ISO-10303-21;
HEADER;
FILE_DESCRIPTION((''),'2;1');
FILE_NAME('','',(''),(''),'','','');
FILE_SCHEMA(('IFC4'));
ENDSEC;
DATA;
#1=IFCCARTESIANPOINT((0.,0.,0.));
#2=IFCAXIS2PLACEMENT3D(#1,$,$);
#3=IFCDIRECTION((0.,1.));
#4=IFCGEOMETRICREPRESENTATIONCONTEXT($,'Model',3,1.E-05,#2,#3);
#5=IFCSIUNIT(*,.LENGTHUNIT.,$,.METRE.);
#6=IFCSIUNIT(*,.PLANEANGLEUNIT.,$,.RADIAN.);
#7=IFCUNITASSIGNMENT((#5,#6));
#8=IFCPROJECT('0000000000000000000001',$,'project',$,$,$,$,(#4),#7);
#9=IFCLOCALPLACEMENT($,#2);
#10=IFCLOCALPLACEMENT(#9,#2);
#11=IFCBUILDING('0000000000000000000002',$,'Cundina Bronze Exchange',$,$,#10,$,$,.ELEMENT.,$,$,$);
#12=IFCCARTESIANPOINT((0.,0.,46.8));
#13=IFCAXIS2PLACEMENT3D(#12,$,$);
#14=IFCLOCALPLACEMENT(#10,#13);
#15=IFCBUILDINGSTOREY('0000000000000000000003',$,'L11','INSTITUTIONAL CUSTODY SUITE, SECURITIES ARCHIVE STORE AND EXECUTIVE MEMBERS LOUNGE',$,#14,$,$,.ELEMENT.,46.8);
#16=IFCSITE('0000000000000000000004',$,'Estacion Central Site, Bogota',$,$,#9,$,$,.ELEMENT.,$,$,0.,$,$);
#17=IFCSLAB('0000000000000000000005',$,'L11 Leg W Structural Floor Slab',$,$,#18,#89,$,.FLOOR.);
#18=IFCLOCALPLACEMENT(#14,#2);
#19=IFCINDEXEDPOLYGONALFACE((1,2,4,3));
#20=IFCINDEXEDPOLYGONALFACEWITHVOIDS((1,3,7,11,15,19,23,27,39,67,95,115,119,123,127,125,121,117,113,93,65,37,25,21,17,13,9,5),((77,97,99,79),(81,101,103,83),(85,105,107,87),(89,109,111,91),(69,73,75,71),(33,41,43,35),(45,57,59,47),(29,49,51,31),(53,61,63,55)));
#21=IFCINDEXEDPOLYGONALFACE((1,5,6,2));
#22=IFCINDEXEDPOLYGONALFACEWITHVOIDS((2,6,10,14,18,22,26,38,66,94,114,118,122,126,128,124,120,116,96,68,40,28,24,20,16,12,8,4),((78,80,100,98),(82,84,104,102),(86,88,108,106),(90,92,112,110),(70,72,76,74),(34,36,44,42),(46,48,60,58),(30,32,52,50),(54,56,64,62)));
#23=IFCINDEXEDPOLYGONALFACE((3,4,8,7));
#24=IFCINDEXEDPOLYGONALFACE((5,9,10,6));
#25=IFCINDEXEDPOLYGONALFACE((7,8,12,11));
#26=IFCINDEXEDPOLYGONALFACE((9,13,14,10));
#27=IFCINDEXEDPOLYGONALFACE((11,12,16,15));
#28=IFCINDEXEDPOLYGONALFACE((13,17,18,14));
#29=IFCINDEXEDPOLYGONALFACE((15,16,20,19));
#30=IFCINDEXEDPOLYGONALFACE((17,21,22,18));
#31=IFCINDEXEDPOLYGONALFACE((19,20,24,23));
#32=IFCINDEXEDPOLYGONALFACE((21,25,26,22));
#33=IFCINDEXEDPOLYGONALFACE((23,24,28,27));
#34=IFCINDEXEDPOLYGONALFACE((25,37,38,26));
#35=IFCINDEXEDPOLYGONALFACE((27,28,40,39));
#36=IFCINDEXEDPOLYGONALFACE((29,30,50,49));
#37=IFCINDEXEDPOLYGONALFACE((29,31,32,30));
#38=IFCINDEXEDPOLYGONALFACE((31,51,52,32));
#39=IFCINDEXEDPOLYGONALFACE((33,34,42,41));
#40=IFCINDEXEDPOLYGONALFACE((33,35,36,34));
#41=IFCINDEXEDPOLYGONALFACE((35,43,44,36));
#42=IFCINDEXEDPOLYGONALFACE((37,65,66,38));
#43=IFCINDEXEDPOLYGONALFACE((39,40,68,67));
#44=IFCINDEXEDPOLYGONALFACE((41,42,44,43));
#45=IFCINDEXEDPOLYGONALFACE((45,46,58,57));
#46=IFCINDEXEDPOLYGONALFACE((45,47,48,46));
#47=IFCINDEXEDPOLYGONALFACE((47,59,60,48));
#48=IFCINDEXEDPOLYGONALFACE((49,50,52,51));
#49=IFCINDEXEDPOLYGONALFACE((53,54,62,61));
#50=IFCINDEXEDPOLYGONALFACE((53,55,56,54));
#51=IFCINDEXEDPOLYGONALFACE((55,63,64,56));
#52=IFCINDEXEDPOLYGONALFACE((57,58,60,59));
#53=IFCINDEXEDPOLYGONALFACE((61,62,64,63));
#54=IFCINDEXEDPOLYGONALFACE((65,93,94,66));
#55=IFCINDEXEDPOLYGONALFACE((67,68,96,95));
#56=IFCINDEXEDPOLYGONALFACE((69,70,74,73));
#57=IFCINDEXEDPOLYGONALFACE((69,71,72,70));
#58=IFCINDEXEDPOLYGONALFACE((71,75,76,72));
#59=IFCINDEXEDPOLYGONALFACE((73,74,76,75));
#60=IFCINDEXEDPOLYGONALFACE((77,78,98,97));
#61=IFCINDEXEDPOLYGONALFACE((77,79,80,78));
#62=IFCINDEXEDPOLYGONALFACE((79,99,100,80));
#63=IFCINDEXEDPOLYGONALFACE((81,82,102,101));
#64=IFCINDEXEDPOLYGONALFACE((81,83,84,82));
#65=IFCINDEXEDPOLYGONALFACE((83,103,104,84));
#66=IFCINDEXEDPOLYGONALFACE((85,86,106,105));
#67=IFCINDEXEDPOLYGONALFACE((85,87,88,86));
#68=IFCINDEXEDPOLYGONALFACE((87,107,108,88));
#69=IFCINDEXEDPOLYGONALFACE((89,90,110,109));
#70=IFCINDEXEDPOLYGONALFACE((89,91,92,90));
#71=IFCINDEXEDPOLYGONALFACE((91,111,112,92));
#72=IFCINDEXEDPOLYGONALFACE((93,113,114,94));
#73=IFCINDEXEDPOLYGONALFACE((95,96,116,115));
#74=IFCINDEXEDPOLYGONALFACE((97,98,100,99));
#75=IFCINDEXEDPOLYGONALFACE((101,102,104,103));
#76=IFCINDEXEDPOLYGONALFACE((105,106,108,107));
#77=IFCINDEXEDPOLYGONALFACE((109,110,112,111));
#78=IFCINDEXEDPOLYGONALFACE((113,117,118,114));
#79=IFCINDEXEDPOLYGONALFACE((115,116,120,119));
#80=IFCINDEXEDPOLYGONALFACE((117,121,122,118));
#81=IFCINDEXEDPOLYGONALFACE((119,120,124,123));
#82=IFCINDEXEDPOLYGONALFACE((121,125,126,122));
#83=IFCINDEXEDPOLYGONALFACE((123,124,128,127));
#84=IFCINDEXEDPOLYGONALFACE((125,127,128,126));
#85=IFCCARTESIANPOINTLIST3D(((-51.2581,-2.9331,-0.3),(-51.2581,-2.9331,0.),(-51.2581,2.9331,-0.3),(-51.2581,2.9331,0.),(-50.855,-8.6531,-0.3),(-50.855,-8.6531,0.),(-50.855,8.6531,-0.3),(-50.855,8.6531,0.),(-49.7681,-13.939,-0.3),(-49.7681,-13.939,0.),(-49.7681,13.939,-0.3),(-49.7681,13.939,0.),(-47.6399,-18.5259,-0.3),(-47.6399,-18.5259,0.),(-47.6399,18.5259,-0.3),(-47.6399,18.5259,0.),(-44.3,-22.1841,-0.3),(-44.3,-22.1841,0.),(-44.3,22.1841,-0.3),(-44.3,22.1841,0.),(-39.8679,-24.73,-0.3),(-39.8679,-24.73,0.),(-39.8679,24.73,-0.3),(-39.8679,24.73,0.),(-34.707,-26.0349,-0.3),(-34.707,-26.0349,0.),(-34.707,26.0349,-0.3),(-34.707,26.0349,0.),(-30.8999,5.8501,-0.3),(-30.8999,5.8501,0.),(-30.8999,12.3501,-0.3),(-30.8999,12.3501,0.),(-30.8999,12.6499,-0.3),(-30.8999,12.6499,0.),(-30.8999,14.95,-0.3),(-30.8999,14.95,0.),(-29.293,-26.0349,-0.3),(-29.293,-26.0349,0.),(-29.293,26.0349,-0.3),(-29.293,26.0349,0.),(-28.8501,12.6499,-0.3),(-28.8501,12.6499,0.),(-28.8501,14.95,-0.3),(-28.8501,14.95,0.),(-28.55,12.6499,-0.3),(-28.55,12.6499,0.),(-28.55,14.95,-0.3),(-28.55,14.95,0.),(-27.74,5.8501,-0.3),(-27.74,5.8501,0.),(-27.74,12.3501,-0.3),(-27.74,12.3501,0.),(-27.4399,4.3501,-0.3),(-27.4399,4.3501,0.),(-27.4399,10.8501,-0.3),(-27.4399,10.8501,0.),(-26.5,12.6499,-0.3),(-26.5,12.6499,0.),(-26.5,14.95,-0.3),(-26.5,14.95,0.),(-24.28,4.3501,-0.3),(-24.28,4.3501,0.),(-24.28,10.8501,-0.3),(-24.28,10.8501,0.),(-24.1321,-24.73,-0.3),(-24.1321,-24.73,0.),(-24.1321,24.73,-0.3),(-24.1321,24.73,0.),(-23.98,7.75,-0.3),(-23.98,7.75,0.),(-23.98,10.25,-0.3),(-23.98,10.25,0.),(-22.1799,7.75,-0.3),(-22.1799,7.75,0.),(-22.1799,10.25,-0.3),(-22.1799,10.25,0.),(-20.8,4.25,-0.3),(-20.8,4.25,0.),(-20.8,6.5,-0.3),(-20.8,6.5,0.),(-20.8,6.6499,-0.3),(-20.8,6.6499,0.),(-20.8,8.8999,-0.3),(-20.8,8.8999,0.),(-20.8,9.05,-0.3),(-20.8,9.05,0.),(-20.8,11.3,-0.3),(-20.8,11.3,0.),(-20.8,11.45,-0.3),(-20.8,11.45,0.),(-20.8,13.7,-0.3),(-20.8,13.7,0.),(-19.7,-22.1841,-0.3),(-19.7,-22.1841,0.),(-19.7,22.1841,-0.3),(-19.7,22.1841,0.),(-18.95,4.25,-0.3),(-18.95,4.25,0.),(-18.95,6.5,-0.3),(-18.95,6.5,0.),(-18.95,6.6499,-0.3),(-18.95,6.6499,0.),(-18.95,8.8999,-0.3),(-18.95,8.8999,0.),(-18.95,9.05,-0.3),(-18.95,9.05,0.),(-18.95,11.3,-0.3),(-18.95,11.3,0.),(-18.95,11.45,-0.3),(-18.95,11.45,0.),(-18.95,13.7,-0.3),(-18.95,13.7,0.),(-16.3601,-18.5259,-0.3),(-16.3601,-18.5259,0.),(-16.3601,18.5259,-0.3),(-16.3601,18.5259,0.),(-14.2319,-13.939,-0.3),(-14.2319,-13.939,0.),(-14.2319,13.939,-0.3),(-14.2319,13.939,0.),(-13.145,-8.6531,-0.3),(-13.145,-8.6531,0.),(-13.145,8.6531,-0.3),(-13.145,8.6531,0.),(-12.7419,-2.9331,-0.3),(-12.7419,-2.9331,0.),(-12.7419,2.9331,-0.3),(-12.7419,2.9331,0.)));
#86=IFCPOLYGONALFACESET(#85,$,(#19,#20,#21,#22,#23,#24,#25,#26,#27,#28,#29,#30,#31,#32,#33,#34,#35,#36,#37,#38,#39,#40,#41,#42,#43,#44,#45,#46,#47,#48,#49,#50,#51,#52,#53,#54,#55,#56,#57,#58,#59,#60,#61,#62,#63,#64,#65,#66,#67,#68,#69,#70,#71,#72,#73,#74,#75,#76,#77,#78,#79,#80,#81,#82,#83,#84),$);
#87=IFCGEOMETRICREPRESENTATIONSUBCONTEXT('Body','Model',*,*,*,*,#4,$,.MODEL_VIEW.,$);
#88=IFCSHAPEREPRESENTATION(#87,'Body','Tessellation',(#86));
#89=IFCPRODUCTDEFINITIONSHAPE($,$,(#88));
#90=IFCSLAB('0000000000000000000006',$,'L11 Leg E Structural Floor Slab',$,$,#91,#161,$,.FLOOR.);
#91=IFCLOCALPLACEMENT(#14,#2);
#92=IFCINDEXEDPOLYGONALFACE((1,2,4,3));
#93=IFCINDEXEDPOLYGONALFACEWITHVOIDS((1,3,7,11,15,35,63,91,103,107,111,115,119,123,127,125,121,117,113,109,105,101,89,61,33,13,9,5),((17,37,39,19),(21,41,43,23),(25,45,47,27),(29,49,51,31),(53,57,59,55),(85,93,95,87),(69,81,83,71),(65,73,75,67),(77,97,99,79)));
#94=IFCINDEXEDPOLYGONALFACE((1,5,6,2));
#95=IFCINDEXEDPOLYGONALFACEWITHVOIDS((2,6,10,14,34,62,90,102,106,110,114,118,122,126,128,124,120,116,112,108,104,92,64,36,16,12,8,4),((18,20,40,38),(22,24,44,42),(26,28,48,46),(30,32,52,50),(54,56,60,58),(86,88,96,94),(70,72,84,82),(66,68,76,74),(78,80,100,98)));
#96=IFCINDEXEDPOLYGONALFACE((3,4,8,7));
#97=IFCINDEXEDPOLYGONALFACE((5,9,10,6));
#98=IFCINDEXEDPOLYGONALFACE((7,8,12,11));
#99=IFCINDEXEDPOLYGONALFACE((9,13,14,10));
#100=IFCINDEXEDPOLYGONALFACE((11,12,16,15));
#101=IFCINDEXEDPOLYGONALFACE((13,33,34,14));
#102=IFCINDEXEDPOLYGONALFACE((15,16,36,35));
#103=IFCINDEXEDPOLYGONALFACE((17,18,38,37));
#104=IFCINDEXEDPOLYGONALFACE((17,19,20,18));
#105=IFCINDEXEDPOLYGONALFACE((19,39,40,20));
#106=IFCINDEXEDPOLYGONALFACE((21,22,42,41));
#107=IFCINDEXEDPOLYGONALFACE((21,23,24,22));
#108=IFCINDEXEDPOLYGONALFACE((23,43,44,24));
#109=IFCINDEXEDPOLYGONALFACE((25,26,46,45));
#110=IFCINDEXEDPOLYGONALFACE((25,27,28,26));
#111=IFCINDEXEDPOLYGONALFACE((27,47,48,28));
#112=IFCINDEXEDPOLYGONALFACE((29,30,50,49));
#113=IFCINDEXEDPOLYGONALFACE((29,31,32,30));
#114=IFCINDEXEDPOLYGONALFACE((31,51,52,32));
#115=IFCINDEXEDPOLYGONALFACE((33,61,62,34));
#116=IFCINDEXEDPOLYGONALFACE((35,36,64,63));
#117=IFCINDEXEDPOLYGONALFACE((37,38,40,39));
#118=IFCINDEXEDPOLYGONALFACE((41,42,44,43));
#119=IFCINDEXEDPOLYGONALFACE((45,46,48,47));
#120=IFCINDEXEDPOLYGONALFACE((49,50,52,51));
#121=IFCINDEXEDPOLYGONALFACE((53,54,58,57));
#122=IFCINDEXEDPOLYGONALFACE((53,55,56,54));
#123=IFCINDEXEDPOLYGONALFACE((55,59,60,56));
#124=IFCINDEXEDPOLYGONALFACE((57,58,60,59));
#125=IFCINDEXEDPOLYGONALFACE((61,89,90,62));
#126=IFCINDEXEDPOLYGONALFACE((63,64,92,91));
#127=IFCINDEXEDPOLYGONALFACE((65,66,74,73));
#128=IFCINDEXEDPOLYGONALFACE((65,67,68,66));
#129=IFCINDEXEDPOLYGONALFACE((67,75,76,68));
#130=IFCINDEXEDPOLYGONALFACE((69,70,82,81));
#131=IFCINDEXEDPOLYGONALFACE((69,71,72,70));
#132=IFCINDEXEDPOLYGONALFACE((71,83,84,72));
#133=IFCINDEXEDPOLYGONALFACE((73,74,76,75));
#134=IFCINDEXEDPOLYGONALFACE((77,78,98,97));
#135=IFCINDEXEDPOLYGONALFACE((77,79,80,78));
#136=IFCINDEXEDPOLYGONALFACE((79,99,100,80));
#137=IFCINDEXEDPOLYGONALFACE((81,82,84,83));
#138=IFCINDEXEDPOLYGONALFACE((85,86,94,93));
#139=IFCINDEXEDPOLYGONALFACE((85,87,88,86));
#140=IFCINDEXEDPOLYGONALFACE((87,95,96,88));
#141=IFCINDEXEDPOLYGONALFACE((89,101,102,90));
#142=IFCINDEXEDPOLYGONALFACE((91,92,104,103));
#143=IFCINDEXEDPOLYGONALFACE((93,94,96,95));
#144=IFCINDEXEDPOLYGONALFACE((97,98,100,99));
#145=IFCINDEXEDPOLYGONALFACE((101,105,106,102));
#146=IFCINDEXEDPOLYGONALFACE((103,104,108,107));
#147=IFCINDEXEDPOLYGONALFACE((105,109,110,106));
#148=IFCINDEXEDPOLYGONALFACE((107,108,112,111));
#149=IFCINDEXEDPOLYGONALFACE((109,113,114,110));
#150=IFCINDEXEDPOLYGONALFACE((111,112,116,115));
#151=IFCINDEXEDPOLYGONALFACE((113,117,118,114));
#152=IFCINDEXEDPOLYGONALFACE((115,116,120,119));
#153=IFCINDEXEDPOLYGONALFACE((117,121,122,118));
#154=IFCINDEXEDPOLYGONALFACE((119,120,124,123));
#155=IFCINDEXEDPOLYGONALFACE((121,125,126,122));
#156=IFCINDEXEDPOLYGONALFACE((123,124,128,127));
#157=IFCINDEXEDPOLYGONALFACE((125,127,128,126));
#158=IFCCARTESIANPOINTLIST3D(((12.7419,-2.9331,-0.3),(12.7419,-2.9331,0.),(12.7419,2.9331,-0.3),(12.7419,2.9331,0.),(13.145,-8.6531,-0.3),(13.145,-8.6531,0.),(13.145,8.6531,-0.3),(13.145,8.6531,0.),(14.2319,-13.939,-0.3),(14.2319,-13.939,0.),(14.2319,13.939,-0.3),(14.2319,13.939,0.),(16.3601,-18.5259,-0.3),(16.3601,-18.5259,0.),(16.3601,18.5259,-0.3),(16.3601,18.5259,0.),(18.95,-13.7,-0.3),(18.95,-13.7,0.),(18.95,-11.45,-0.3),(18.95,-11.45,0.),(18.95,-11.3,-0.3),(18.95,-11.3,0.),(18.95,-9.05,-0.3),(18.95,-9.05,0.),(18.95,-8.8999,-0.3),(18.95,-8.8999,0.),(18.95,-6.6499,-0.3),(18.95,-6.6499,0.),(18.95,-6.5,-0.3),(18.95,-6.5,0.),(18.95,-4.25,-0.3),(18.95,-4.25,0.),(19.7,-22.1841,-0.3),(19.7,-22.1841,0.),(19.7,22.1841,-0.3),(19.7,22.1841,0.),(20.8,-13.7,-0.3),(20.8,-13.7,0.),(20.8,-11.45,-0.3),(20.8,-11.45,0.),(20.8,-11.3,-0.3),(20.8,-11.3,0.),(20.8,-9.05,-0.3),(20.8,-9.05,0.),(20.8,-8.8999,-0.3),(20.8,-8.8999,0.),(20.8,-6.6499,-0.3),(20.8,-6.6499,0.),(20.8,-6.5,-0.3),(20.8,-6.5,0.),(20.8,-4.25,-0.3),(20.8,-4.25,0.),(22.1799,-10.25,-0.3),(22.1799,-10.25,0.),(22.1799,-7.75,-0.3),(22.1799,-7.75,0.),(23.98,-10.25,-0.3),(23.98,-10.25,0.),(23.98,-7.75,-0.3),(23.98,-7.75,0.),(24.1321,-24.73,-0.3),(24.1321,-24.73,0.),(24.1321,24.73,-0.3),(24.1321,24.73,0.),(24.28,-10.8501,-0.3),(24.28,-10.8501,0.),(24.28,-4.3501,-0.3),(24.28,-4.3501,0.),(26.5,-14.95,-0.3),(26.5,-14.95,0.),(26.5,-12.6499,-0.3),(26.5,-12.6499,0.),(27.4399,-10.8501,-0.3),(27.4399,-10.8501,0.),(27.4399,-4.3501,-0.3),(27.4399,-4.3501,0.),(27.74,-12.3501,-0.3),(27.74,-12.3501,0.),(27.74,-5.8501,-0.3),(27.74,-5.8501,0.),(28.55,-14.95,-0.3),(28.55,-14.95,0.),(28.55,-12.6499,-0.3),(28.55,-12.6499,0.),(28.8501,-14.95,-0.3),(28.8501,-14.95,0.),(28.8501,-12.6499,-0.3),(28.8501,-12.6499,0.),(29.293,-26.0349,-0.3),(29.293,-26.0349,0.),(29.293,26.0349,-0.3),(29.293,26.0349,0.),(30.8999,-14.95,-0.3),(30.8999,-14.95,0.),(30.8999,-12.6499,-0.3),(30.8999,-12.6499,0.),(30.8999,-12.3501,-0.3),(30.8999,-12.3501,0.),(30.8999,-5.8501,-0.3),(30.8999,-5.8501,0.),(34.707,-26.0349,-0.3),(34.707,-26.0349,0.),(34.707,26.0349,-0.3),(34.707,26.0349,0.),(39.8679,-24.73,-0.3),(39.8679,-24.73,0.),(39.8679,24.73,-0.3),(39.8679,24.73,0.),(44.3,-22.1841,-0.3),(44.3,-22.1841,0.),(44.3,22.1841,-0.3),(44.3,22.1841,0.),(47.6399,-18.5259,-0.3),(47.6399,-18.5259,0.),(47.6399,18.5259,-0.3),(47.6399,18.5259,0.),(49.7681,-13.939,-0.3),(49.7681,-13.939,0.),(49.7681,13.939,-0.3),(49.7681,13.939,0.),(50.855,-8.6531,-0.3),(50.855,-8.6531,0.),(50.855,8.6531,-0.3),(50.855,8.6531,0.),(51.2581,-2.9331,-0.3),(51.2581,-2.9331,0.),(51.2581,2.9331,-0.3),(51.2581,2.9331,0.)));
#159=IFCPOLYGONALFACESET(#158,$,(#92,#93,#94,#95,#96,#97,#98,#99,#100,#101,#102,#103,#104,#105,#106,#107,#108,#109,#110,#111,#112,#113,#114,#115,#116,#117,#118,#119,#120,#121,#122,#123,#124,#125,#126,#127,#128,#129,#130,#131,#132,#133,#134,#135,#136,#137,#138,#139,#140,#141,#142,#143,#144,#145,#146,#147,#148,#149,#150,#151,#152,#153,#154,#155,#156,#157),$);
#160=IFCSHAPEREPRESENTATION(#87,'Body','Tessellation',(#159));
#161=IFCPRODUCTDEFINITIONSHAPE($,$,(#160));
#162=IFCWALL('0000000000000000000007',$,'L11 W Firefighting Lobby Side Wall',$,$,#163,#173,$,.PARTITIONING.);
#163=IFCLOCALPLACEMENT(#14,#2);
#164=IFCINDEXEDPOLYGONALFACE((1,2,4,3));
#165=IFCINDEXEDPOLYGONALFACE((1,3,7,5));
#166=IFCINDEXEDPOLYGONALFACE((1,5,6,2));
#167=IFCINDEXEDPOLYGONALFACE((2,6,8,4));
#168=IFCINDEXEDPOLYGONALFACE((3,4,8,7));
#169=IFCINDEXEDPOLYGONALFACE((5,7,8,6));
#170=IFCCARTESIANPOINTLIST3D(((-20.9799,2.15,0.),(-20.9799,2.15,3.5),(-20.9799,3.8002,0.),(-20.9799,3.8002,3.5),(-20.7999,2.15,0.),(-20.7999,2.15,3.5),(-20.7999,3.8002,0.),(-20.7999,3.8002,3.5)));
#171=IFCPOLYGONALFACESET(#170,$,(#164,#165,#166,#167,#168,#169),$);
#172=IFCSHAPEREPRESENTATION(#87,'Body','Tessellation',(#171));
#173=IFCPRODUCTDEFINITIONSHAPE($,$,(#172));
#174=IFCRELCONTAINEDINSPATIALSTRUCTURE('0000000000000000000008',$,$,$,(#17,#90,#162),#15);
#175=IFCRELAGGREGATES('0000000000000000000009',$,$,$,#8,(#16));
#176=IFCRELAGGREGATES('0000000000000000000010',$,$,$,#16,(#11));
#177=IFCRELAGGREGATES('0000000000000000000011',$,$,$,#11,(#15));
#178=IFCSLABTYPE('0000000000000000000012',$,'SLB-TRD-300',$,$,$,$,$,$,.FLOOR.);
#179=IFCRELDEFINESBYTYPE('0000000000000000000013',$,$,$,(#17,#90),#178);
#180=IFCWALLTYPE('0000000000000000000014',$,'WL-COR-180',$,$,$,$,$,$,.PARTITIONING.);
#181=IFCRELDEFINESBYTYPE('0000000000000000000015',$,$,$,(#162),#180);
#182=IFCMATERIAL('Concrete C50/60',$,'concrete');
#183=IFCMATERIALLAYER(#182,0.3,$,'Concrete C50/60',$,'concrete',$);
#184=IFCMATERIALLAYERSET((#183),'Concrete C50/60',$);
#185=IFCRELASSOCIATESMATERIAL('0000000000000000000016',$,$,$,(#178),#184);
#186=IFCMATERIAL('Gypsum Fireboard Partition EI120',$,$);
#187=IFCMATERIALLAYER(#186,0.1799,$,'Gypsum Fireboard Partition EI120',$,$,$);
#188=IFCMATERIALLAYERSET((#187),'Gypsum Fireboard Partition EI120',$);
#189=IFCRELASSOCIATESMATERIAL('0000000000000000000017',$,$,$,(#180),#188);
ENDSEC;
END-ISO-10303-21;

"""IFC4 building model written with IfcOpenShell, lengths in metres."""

from ifc_helpers import new_model, si_unit, direction, frame, frame_2d, origin, place, context, subcontext, project, spatial, polyline, rectangle, outline, extrude, material, layer, layer_set, type_object, element, save


model = new_model("IFC4")

# Units and contexts
model_context = context("Model", 3, precision=1e-05, world=origin(), true_north=direction((0.0, 1.0)))
body_context = subcontext(model_context, "Body", "Model", "MODEL_VIEW")
ifc_project = project(units=[si_unit("LENGTHUNIT", "METRE"), si_unit("PLANEANGLEUNIT", "RADIAN")], contexts=[model_context])

# Site, building, storey
site_placement = place(None, origin())
site = spatial("IfcSite", under=ifc_project, at=site_placement, Name="Estacion Central Site, Bogota", CompositionType="ELEMENT", RefElevation=0.0)
building_placement = place(site_placement, origin())
building = spatial("IfcBuilding", under=site, at=building_placement, Name="Cundina Bronze Exchange", CompositionType="ELEMENT")
storey_placement = place(building_placement, frame((0.0, 0.0, 46.8)))
storey = spatial("IfcBuildingStorey", under=building, at=storey_placement, Name="L11", Description="INSTITUTIONAL CUSTODY SUITE, SECURITIES ARCHIVE STORE AND EXECUTIVE MEMBERS LOUNGE", CompositionType="ELEMENT", Elevation=46.8)

# Slabs
ifc_material_1 = material(Name="Concrete C50/60", Category="concrete")
ifc_layer_1 = layer(ifc_material_1, 0.3, Name="Concrete C50/60", Category="concrete")
ifc_layer_set_1 = layer_set([ifc_layer_1], Name="Concrete C50/60")
slab_type = type_object("IfcSlabType", Name="SLB-TRD-300", PredefinedType="FLOOR", material=ifc_layer_set_1)
slab_1_placement = place(storey_placement, frame((0.0, 0.0, -0.3)))
element("IfcSlab", 1, at=slab_1_placement, inside=storey, type_object=slab_type, Name="L11 Leg W Structural Floor Slab", PredefinedType="FLOOR", context=body_context, shape_type="SweptSolid", body=[
    extrude(outline(polyline([(-12.7419, 2.9331), (-13.145, 8.6531), (-14.2319, 13.939), (-16.3601, 18.5259), (-19.7, 22.1841), (-24.1321, 24.73), (-29.293, 26.0349), (-34.707, 26.0349), (-39.8679, 24.73), (-44.3, 22.1841), (-47.6399, 18.5259), (-49.7681, 13.939), (-50.855, 8.6531), (-51.2581, 2.9331), (-51.2581, -2.9331), (-50.855, -8.6531), (-49.7681, -13.939), (-47.6399, -18.5259), (-44.3, -22.1841), (-39.8679, -24.73), (-34.707, -26.0349), (-29.293, -26.0349), (-24.1321, -24.73), (-19.7, -22.1841), (-16.3601, -18.5259), (-14.2319, -13.939), (-13.145, -8.6531), (-12.7419, -2.9331), (-12.7419, 2.9331)]), holes=[polyline([(-27.74, 5.8501), (-27.74, 12.3501), (-30.8999, 12.3501), (-30.8999, 5.8501), (-27.74, 5.8501)]), polyline([(-27.4399, 10.8501), (-27.4399, 4.3501), (-24.28, 4.3501), (-24.28, 10.8501), (-27.4399, 10.8501)]), polyline([(-23.98, 10.25), (-22.1799, 10.25), (-22.1799, 7.75), (-23.98, 7.75), (-23.98, 10.25)]), polyline([(-30.8999, 14.95), (-28.8501, 14.95), (-28.8501, 12.6499), (-30.8999, 12.6499), (-30.8999, 14.95)]), polyline([(-28.55, 14.95), (-26.5, 14.95), (-26.5, 12.6499), (-28.55, 12.6499), (-28.55, 14.95)]), polyline([(-20.8, 13.7), (-18.95, 13.7), (-18.95, 11.45), (-20.8, 11.45), (-20.8, 13.7)]), polyline([(-20.8, 11.3), (-18.95, 11.3), (-18.95, 9.05), (-20.8, 9.05), (-20.8, 11.3)]), polyline([(-20.8, 8.8999), (-18.95, 8.8999), (-18.95, 6.6499), (-20.8, 6.6499), (-20.8, 8.8999)]), polyline([(-20.8, 6.5), (-18.95, 6.5), (-18.95, 4.25), (-20.8, 4.25), (-20.8, 6.5)])]), origin(), (0.0, 0.0, 1.0), 0.3),
])
slab_2_placement = place(storey_placement, frame((0.0, 0.0, -0.3)))
element("IfcSlab", 2, at=slab_2_placement, inside=storey, type_object=slab_type, Name="L11 Leg E Structural Floor Slab", PredefinedType="FLOOR", context=body_context, shape_type="SweptSolid", body=[
    extrude(outline(polyline([(51.2581, 2.9331), (50.855, 8.6531), (49.7681, 13.939), (47.6399, 18.5259), (44.3, 22.1841), (39.8679, 24.73), (34.707, 26.0349), (29.293, 26.0349), (24.1321, 24.73), (19.7, 22.1841), (16.3601, 18.5259), (14.2319, 13.939), (13.145, 8.6531), (12.7419, 2.9331), (12.7419, -2.9331), (13.145, -8.6531), (14.2319, -13.939), (16.3601, -18.5259), (19.7, -22.1841), (24.1321, -24.73), (29.293, -26.0349), (34.707, -26.0349), (39.8679, -24.73), (44.3, -22.1841), (47.6399, -18.5259), (49.7681, -13.939), (50.855, -8.6531), (51.2581, -2.9331), (51.2581, 2.9331)]), holes=[polyline([(27.74, -5.8501), (27.74, -12.3501), (30.8999, -12.3501), (30.8999, -5.8501), (27.74, -5.8501)]), polyline([(27.4399, -10.8501), (27.4399, -4.3501), (24.28, -4.3501), (24.28, -10.8501), (27.4399, -10.8501)]), polyline([(22.1799, -7.75), (23.98, -7.75), (23.98, -10.25), (22.1799, -10.25), (22.1799, -7.75)]), polyline([(28.8501, -12.6499), (30.8999, -12.6499), (30.8999, -14.95), (28.8501, -14.95), (28.8501, -12.6499)]), polyline([(26.5, -12.6499), (28.55, -12.6499), (28.55, -14.95), (26.5, -14.95), (26.5, -12.6499)]), polyline([(18.95, -11.45), (20.8, -11.45), (20.8, -13.7), (18.95, -13.7), (18.95, -11.45)]), polyline([(18.95, -9.05), (20.8, -9.05), (20.8, -11.3), (18.95, -11.3), (18.95, -9.05)]), polyline([(18.95, -6.6499), (20.8, -6.6499), (20.8, -8.8999), (18.95, -8.8999), (18.95, -6.6499)]), polyline([(18.95, -4.25), (20.8, -4.25), (20.8, -6.5), (18.95, -6.5), (18.95, -4.25)])]), origin(), (0.0, 0.0, 1.0), 0.3),
])

# Wall
ifc_material_2 = material(Name="Gypsum Fireboard Partition EI120")
ifc_layer_2 = layer(ifc_material_2, 0.1799, Name="Gypsum Fireboard Partition EI120")
ifc_layer_set_2 = layer_set([ifc_layer_2], Name="Gypsum Fireboard Partition EI120")
wall_type_1 = type_object("IfcWallType", Name="WL-COR-180", PredefinedType="PARTITIONING", material=ifc_layer_set_2)
wall_1_placement = place(storey_placement, frame((-20.8899, 2.1499, 0.0), z_axis=(0.0, 0.0, 1.0), x_axis=(0.0, 1.0, 0.0)))
element("IfcWall", 3, at=wall_1_placement, inside=storey, type_object=wall_type_1, Name="L11 W Firefighting Lobby Side Wall", PredefinedType="PARTITIONING", context=body_context, shape_type="SweptSolid", body=[
    extrude(rectangle(XDim=1.6501, YDim=0.1799, at=frame_2d((0.8252, 0.0))), origin(), (0.0, 0.0, 1.0), 3.5),
])

save(model, "model.ifc")
